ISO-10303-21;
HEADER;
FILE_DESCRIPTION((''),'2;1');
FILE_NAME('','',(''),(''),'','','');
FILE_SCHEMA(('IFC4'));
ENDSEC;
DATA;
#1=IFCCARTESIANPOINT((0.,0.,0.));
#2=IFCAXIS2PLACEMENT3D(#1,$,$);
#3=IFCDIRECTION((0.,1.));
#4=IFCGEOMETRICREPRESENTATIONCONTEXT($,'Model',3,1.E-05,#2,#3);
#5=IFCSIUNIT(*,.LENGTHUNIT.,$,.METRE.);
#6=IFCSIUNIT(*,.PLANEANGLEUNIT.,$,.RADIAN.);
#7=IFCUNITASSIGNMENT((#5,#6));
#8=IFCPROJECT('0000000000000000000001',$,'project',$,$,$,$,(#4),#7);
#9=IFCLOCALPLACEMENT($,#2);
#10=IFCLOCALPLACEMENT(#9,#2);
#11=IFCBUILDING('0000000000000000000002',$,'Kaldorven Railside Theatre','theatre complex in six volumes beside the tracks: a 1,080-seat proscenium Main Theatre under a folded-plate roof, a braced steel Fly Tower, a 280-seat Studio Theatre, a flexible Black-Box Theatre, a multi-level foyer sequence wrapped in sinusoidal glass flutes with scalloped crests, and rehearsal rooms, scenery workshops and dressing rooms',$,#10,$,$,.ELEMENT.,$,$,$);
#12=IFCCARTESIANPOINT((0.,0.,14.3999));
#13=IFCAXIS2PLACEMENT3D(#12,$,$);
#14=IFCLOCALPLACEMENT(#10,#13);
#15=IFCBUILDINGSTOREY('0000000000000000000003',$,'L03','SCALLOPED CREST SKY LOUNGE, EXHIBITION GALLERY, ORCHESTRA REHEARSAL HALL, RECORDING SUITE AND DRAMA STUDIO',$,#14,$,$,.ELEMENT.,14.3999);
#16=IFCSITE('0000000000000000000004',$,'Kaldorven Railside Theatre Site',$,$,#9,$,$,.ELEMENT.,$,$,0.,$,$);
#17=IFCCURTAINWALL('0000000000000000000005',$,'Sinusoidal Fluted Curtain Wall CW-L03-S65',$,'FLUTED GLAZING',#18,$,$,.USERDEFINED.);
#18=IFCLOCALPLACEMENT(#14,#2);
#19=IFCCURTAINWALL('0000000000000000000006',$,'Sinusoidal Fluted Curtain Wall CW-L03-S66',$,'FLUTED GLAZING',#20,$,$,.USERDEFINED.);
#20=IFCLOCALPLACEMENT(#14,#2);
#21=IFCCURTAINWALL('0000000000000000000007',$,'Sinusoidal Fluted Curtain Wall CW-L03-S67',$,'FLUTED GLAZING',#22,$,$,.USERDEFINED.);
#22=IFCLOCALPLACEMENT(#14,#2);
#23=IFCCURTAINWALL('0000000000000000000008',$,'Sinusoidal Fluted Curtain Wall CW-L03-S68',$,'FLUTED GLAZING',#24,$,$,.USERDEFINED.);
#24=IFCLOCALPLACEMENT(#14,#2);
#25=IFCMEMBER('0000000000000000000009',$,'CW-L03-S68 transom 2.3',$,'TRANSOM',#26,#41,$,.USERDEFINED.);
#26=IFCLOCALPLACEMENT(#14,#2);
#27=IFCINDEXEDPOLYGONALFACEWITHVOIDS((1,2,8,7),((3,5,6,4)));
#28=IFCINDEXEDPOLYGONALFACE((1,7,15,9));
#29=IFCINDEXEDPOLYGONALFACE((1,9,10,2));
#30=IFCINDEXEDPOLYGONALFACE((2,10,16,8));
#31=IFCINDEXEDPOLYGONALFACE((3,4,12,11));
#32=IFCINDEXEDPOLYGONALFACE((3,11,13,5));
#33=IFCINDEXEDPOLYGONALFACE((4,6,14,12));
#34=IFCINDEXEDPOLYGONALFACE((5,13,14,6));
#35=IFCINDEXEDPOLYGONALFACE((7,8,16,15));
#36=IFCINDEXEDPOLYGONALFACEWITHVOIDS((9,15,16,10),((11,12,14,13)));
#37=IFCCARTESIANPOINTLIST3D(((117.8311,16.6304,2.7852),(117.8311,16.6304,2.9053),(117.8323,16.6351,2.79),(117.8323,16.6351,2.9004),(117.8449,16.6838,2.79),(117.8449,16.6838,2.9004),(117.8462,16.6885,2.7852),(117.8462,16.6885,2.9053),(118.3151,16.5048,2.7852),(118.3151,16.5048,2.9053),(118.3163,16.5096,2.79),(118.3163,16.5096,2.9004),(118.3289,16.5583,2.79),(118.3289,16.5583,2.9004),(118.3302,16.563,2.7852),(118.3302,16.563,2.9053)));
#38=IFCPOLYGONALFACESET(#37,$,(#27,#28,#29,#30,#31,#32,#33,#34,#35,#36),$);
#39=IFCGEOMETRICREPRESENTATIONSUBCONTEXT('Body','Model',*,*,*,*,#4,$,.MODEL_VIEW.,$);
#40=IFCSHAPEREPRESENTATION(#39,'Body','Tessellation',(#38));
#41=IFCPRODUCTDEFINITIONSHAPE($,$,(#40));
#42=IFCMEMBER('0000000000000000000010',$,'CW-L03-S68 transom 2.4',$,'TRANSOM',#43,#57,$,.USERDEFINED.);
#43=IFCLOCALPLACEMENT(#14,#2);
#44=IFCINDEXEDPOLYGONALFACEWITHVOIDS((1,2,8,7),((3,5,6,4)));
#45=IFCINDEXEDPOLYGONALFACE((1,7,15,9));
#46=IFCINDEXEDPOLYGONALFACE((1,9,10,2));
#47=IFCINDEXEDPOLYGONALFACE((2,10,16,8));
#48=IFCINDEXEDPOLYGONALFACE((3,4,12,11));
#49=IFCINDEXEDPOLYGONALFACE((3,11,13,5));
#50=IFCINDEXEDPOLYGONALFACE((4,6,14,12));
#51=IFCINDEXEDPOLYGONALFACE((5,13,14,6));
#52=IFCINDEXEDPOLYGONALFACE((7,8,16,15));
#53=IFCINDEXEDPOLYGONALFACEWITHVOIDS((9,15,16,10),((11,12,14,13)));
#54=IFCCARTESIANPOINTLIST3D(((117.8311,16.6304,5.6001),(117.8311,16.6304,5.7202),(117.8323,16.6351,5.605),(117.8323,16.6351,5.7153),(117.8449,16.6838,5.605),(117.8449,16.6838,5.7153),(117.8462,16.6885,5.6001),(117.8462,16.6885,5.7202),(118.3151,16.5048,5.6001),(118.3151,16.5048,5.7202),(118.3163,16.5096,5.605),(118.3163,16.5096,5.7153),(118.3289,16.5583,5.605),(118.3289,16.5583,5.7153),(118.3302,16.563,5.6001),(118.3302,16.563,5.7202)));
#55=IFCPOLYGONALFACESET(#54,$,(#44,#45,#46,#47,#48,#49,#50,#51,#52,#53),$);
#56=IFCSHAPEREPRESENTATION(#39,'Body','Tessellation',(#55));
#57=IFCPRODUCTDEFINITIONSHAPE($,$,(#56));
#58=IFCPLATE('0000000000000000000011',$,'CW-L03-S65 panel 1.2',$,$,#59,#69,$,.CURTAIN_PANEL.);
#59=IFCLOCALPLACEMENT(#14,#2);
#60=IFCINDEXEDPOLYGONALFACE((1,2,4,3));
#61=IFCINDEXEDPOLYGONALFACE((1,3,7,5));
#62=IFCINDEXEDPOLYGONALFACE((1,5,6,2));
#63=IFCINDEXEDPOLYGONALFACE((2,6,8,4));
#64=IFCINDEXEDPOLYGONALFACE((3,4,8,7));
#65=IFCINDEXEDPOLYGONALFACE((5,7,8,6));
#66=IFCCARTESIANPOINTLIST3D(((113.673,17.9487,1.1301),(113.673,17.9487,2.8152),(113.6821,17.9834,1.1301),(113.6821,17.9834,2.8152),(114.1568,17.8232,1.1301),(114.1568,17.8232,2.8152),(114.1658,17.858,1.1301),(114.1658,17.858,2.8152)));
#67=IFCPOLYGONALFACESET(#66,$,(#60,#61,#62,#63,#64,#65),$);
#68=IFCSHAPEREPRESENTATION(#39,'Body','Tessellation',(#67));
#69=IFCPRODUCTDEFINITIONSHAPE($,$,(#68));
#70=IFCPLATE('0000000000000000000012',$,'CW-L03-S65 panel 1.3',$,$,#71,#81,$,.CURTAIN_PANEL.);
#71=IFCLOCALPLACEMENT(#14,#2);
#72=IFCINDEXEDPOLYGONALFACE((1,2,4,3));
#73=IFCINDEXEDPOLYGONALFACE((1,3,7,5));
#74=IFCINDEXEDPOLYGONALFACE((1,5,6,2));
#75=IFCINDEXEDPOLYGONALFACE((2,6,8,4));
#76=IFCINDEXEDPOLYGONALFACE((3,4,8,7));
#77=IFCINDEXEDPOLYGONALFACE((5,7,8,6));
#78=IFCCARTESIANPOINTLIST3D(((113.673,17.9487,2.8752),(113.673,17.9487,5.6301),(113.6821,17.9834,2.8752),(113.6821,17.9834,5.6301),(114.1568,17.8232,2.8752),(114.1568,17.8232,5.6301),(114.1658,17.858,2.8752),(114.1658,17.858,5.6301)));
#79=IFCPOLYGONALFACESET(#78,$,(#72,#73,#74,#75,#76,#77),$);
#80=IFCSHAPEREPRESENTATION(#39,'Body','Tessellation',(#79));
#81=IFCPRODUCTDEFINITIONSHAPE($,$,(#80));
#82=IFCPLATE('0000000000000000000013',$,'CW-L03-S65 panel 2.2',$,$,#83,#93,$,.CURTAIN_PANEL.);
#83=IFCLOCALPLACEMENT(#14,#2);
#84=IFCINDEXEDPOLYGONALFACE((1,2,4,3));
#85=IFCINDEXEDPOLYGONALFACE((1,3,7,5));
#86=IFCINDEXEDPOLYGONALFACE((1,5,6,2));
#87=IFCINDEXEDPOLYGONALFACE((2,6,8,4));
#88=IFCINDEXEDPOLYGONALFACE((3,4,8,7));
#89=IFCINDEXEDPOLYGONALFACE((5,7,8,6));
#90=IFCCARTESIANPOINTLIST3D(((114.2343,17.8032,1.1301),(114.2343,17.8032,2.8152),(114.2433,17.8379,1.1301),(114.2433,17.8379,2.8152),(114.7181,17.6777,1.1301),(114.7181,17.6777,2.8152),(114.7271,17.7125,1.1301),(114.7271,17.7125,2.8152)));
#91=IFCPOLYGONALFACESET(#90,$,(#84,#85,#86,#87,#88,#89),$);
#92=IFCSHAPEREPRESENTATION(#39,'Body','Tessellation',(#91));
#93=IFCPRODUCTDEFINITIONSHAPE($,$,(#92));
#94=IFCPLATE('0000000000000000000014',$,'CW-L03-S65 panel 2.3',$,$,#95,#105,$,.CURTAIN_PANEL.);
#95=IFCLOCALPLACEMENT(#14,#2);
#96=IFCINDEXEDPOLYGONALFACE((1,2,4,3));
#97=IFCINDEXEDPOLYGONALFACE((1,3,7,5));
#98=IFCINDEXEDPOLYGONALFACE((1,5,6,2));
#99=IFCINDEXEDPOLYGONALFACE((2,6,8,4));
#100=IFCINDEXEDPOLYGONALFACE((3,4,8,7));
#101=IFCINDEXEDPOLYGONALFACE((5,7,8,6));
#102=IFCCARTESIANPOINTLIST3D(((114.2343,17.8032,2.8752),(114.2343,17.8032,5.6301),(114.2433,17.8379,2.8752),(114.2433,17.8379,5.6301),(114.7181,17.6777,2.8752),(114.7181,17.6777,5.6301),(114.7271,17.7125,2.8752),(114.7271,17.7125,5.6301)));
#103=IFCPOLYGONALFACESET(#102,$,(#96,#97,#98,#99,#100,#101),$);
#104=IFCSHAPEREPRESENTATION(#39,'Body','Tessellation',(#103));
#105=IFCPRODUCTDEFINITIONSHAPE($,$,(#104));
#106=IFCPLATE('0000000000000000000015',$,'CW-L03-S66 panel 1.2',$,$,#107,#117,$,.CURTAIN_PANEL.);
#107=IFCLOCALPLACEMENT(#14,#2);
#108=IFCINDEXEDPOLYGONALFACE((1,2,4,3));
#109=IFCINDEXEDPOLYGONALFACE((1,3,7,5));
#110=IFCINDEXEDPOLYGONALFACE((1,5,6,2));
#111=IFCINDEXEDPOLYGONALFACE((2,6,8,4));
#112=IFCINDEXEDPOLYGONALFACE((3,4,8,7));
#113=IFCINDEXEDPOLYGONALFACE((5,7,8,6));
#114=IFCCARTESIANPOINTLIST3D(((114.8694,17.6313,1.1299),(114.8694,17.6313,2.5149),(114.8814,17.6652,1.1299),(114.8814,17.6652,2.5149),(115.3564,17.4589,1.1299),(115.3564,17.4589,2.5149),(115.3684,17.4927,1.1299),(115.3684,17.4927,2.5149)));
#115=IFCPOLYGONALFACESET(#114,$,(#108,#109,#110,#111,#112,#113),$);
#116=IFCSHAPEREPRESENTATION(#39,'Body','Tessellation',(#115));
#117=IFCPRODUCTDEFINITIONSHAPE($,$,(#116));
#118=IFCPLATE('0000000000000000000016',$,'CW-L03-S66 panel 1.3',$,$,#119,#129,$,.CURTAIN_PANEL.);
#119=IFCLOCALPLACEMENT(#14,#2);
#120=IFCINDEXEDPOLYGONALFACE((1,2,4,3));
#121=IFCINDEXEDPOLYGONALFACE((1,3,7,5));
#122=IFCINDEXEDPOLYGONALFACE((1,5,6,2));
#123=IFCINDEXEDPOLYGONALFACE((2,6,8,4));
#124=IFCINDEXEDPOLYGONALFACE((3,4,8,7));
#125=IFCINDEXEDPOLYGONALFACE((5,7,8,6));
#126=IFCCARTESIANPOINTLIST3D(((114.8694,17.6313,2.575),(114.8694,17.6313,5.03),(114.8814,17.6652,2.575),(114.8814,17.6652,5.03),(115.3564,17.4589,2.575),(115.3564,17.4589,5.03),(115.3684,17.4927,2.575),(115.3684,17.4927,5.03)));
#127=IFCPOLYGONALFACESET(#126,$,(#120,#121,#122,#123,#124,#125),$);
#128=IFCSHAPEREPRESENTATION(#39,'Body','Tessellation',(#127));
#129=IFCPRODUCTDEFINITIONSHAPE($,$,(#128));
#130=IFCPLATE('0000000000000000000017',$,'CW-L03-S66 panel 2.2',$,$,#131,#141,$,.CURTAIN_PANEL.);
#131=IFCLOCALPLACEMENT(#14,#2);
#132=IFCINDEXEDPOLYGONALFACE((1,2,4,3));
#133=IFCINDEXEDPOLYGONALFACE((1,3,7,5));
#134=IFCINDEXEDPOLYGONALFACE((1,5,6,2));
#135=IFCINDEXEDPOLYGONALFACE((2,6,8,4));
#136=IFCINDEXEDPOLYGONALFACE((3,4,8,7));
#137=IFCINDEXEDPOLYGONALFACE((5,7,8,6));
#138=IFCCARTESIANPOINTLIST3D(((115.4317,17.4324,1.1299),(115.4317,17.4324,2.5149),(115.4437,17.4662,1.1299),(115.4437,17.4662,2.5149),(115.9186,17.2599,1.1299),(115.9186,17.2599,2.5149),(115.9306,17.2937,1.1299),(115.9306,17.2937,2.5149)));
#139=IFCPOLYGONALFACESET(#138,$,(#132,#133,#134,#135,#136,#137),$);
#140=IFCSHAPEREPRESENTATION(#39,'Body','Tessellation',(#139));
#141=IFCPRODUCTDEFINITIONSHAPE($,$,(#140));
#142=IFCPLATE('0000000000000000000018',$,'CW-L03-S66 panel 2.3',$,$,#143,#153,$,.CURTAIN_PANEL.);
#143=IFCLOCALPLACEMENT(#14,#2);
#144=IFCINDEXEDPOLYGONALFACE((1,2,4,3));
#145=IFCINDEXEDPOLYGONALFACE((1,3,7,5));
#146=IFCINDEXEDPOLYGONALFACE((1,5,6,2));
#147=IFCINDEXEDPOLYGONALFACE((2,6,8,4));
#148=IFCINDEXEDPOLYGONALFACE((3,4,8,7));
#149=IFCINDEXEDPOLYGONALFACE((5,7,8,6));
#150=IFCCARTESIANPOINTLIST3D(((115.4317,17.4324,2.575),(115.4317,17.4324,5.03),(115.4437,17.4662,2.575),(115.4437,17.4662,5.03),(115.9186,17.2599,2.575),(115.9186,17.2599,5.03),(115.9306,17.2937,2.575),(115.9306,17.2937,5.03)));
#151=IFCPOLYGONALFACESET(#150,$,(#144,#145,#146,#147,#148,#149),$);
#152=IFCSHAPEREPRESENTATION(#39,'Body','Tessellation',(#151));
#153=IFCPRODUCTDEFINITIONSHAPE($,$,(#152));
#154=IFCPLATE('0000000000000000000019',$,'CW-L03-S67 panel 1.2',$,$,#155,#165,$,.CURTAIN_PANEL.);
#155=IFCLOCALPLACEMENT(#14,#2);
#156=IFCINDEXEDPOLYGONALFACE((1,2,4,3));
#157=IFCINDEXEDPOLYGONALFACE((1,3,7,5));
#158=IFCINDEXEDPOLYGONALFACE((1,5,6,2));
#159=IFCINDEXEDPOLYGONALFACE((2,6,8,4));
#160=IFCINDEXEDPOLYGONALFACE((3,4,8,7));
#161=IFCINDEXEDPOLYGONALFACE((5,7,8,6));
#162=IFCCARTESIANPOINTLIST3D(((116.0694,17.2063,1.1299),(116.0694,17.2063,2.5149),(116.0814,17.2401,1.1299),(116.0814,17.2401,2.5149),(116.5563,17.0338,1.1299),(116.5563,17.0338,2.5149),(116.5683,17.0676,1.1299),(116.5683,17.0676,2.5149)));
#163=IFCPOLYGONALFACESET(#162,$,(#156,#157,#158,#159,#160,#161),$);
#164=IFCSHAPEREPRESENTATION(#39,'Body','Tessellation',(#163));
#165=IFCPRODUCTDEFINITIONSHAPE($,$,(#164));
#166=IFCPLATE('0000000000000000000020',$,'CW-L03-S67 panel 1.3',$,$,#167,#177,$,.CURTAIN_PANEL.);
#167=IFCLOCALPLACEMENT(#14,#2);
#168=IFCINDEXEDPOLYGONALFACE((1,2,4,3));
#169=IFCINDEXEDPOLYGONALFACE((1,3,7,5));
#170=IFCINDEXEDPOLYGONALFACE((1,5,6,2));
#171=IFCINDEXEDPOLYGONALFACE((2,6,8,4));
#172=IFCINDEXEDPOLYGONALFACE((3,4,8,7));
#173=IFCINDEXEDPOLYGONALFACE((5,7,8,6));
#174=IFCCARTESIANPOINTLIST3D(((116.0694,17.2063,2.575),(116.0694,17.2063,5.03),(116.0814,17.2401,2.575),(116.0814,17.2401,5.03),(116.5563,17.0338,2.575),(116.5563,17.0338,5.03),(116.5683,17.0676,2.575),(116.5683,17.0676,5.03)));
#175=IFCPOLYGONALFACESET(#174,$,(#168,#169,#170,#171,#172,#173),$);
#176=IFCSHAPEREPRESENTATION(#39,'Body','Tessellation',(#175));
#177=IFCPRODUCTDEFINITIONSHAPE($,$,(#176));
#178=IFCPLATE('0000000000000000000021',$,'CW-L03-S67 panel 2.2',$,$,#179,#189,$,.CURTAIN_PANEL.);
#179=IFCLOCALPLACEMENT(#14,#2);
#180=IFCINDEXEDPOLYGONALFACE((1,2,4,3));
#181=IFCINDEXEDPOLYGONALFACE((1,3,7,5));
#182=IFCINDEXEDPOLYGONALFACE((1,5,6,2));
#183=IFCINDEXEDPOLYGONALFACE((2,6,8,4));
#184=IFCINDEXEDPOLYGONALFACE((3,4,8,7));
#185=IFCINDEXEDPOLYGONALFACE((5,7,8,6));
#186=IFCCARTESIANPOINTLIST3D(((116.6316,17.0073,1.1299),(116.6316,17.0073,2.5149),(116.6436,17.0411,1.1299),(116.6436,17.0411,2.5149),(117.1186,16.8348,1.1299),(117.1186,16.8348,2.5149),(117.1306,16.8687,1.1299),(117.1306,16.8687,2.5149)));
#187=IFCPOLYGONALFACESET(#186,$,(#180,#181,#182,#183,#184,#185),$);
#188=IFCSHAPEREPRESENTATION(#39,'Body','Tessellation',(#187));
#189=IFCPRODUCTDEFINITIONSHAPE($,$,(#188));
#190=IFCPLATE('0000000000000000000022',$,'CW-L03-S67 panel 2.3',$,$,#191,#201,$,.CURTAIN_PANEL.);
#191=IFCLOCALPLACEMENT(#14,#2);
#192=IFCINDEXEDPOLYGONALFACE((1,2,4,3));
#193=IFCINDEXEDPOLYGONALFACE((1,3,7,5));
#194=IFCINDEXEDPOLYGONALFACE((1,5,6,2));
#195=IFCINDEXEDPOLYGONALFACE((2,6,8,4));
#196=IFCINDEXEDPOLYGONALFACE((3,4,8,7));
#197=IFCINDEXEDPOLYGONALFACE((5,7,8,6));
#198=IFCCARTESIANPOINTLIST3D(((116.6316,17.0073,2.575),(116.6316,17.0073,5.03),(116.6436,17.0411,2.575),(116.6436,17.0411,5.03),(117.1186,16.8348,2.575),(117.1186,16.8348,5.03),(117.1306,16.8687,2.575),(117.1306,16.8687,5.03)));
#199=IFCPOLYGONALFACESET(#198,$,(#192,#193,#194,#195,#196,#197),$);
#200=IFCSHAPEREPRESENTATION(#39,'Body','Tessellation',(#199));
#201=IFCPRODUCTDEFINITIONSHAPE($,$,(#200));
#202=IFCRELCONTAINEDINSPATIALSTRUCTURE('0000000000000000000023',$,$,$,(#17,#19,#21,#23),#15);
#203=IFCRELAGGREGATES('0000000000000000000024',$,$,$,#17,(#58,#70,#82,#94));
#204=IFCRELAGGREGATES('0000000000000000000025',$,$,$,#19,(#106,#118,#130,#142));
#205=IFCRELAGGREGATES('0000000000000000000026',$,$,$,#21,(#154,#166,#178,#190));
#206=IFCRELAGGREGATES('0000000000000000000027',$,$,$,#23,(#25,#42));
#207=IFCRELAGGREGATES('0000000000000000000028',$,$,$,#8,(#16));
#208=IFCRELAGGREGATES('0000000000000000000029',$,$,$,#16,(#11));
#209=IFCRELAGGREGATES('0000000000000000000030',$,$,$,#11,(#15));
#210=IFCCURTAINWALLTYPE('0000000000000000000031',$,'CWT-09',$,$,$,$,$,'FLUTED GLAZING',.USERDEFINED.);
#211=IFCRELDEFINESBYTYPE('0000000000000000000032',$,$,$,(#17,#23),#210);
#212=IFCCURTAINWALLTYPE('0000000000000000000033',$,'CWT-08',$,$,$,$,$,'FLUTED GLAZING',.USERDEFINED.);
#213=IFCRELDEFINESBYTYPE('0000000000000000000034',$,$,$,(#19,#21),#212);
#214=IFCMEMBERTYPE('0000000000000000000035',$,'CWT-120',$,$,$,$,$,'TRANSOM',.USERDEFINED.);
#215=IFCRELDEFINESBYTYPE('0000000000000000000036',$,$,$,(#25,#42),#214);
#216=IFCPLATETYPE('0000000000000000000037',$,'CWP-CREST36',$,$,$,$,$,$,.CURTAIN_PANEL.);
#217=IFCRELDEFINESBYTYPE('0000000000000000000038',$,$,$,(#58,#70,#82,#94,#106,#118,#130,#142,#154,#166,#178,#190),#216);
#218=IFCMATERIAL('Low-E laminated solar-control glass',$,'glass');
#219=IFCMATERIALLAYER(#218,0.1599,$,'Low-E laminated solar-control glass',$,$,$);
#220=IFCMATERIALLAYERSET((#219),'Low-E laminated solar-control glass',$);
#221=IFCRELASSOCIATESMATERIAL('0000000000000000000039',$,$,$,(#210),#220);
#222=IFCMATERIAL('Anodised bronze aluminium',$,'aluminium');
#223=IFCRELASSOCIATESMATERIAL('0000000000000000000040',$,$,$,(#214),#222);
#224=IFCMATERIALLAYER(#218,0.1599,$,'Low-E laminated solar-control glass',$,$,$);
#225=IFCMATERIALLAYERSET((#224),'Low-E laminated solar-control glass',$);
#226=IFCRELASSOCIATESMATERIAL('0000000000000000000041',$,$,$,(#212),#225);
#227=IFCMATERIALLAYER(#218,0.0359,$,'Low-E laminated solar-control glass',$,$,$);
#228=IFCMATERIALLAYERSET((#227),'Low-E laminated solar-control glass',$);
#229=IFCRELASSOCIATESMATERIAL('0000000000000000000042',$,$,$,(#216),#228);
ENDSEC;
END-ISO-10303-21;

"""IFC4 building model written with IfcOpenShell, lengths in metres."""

from ifc_helpers import new_model, si_unit, direction, frame, origin, origin_2d, place, context, subcontext, project, spatial, rectangle, hollow_rectangle, extrude, material, layer, layer_set, material_profile, profile_set, type_object, element, aggregate, save


model = new_model("IFC4")

# Units and contexts
model_context = context("Model", 3, precision=1e-05, world=origin(), true_north=direction((0.0, 1.0)))
body_context = subcontext(model_context, "Body", "Model", "MODEL_VIEW")
ifc_project = project(units=[si_unit("LENGTHUNIT", "METRE"), si_unit("PLANEANGLEUNIT", "RADIAN")], contexts=[model_context])

# Site, building, storey
site_placement = place(None, origin())
site = spatial("IfcSite", under=ifc_project, at=site_placement, Name="Kaldorven Railside Theatre Site", CompositionType="ELEMENT", RefElevation=0.0)
building_placement = place(site_placement, origin())
building = spatial("IfcBuilding", under=site, at=building_placement, Name="Kaldorven Railside Theatre", Description="theatre complex in six volumes beside the tracks: a 1,080-seat proscenium Main Theatre under a folded-plate roof, a braced steel Fly Tower, a 280-seat Studio Theatre, a flexible Black-Box Theatre, a multi-level foyer sequence wrapped in sinusoidal glass flutes with scalloped crests, and rehearsal rooms, scenery workshops and dressing rooms", CompositionType="ELEMENT")
storey_placement = place(building_placement, frame((0.0, 0.0, 14.3999)))
storey = spatial("IfcBuildingStorey", under=building, at=storey_placement, Name="L03", Description="SCALLOPED CREST SKY LOUNGE, EXHIBITION GALLERY, ORCHESTRA REHEARSAL HALL, RECORDING SUITE AND DRAMA STUDIO", CompositionType="ELEMENT", Elevation=14.3999)

# Curtain walls, members
ifc_material_1 = material(Name="Low-E laminated solar-control glass", Category="glass")
ifc_layer_1 = layer(ifc_material_1, 0.1599, Name="Low-E laminated solar-control glass")
ifc_layer_set_1 = layer_set([ifc_layer_1], Name="Low-E laminated solar-control glass")
curtain_wall_type_1 = type_object("IfcCurtainWallType", Name="CWT-09", ElementType="FLUTED GLAZING", PredefinedType="USERDEFINED", material=ifc_layer_set_1)
curtain_wall_1_placement = place(storey_placement, origin())
curtain_wall_1 = element("IfcCurtainWall", 1, at=curtain_wall_1_placement, inside=storey, type_object=curtain_wall_type_1, Name="Sinusoidal Fluted Curtain Wall CW-L03-S65", ObjectType="FLUTED GLAZING", PredefinedType="USERDEFINED")
ifc_material_2 = material(Name="Anodised bronze aluminium", Category="aluminium")
ifc_material_profile = material_profile(ifc_material_2, hollow_rectangle(XDim=0.0601, YDim=0.1201, WallThickness=0.0049, at=origin_2d()), Name="RHS 120x60x5")
ifc_profile_set = profile_set([ifc_material_profile], Name="Anodised bronze aluminium")
member_type = type_object("IfcMemberType", Name="CWT-120", ElementType="TRANSOM", PredefinedType="USERDEFINED", material=ifc_profile_set)
ifc_layer_2 = layer(ifc_material_1, 0.1599, Name="Low-E laminated solar-control glass")
ifc_layer_set_2 = layer_set([ifc_layer_2], Name="Low-E laminated solar-control glass")
curtain_wall_type_2 = type_object("IfcCurtainWallType", Name="CWT-08", ElementType="FLUTED GLAZING", PredefinedType="USERDEFINED", material=ifc_layer_set_2)
curtain_wall_2_placement = place(storey_placement, origin())
curtain_wall_2 = element("IfcCurtainWall", 2, at=curtain_wall_2_placement, inside=storey, type_object=curtain_wall_type_2, Name="Sinusoidal Fluted Curtain Wall CW-L03-S66", ObjectType="FLUTED GLAZING", PredefinedType="USERDEFINED")
curtain_wall_3_placement = place(storey_placement, origin())
curtain_wall_3 = element("IfcCurtainWall", 3, at=curtain_wall_3_placement, inside=storey, type_object=curtain_wall_type_2, Name="Sinusoidal Fluted Curtain Wall CW-L03-S67", ObjectType="FLUTED GLAZING", PredefinedType="USERDEFINED")
curtain_wall_4_placement = place(storey_placement, origin())
curtain_wall_4 = element("IfcCurtainWall", 4, at=curtain_wall_4_placement, inside=storey, type_object=curtain_wall_type_1, Name="Sinusoidal Fluted Curtain Wall CW-L03-S68", ObjectType="FLUTED GLAZING", PredefinedType="USERDEFINED")
member_1_placement = place(storey_placement, frame((117.8386, 16.6594, 2.8452), z_axis=(0.967979, -0.25103, 0.0), x_axis=(0.25103, 0.967979, 0.0)))
member_1 = element("IfcMember", 5, at=member_1_placement, type_object=member_type, Name="CW-L03-S68 transom 2.3", ObjectType="TRANSOM", PredefinedType="USERDEFINED", context=body_context, shape_type="SweptSolid", body=[
    extrude(hollow_rectangle(XDim=0.0601, YDim=0.1201, WallThickness=0.0049, at=origin_2d()), origin(), (0.0, 0.0, 1.0), 0.5),
])
member_2_placement = place(storey_placement, frame((117.8386, 16.6594, 5.6602), z_axis=(0.967979, -0.25103, 0.0), x_axis=(0.25103, 0.967979, 0.0)))
member_2 = element("IfcMember", 6, at=member_2_placement, type_object=member_type, Name="CW-L03-S68 transom 2.4", ObjectType="TRANSOM", PredefinedType="USERDEFINED", context=body_context, shape_type="SweptSolid", body=[
    extrude(hollow_rectangle(XDim=0.0601, YDim=0.1201, WallThickness=0.0049, at=origin_2d()), origin(), (0.0, 0.0, 1.0), 0.5),
])

# Plates
ifc_layer_3 = layer(ifc_material_1, 0.0359, Name="Low-E laminated solar-control glass")
ifc_layer_set_3 = layer_set([ifc_layer_3], Name="Low-E laminated solar-control glass")
plate_type = type_object("IfcPlateType", Name="CWP-CREST36", PredefinedType="CURTAIN_PANEL", material=ifc_layer_set_3)
plate_1_placement = place(storey_placement, frame((113.9194, 17.9033, 1.1301), z_axis=(0.0, 0.0, 1.0), x_axis=(0.967999, -0.250954, 0.0)))
plate_1 = element("IfcPlate", 7, at=plate_1_placement, type_object=plate_type, Name="CW-L03-S65 panel 1.2", PredefinedType="CURTAIN_PANEL", context=body_context, shape_type="SweptSolid", body=[
    extrude(rectangle(XDim=0.4998, YDim=0.0359, at=origin_2d()), origin(), (0.0, 0.0, 1.0), 1.6851),
])
plate_2_placement = place(storey_placement, frame((113.9194, 17.9033, 2.8752), z_axis=(0.0, 0.0, 1.0), x_axis=(0.967999, -0.250954, 0.0)))
plate_2 = element("IfcPlate", 8, at=plate_2_placement, type_object=plate_type, Name="CW-L03-S65 panel 1.3", PredefinedType="CURTAIN_PANEL", context=body_context, shape_type="SweptSolid", body=[
    extrude(rectangle(XDim=0.4998, YDim=0.0359, at=origin_2d()), origin(), (0.0, 0.0, 1.0), 2.7549),
])
plate_3_placement = place(storey_placement, frame((114.4807, 17.7578, 1.1301), z_axis=(0.0, 0.0, 1.0), x_axis=(0.967999, -0.250954, 0.0)))
plate_3 = element("IfcPlate", 9, at=plate_3_placement, type_object=plate_type, Name="CW-L03-S65 panel 2.2", PredefinedType="CURTAIN_PANEL", context=body_context, shape_type="SweptSolid", body=[
    extrude(rectangle(XDim=0.4998, YDim=0.0359, at=origin_2d()), origin(), (0.0, 0.0, 1.0), 1.6851),
])
plate_4_placement = place(storey_placement, frame((114.4807, 17.7578, 2.8752), z_axis=(0.0, 0.0, 1.0), x_axis=(0.967999, -0.250954, 0.0)))
plate_4 = element("IfcPlate", 10, at=plate_4_placement, type_object=plate_type, Name="CW-L03-S65 panel 2.3", PredefinedType="CURTAIN_PANEL", context=body_context, shape_type="SweptSolid", body=[
    extrude(rectangle(XDim=0.4998, YDim=0.0359, at=origin_2d()), origin(), (0.0, 0.0, 1.0), 2.7549),
])
aggregate(curtain_wall_1, [plate_1, plate_2, plate_3, plate_4])
plate_5_placement = place(storey_placement, frame((115.1189, 17.562, 1.1299), z_axis=(0.0, 0.0, 1.0), x_axis=(0.942627, -0.333847, 0.0)))
plate_5 = element("IfcPlate", 11, at=plate_5_placement, type_object=plate_type, Name="CW-L03-S66 panel 1.2", PredefinedType="CURTAIN_PANEL", context=body_context, shape_type="SweptSolid", body=[
    extrude(rectangle(XDim=0.5166, YDim=0.0359, at=origin_2d()), origin(), (0.0, 0.0, 1.0), 1.385),
])
plate_6_placement = place(storey_placement, frame((115.1189, 17.562, 2.575), z_axis=(0.0, 0.0, 1.0), x_axis=(0.942627, -0.333847, 0.0)))
plate_6 = element("IfcPlate", 12, at=plate_6_placement, type_object=plate_type, Name="CW-L03-S66 panel 1.3", PredefinedType="CURTAIN_PANEL", context=body_context, shape_type="SweptSolid", body=[
    extrude(rectangle(XDim=0.5166, YDim=0.0359, at=origin_2d()), origin(), (0.0, 0.0, 1.0), 2.4551),
])
plate_7_placement = place(storey_placement, frame((115.6812, 17.363, 1.1299), z_axis=(0.0, 0.0, 1.0), x_axis=(0.942627, -0.333847, 0.0)))
plate_7 = element("IfcPlate", 13, at=plate_7_placement, type_object=plate_type, Name="CW-L03-S66 panel 2.2", PredefinedType="CURTAIN_PANEL", context=body_context, shape_type="SweptSolid", body=[
    extrude(rectangle(XDim=0.5166, YDim=0.0359, at=origin_2d()), origin(), (0.0, 0.0, 1.0), 1.385),
])
plate_8_placement = place(storey_placement, frame((115.6812, 17.363, 2.575), z_axis=(0.0, 0.0, 1.0), x_axis=(0.942627, -0.333847, 0.0)))
plate_8 = element("IfcPlate", 14, at=plate_8_placement, type_object=plate_type, Name="CW-L03-S66 panel 2.3", PredefinedType="CURTAIN_PANEL", context=body_context, shape_type="SweptSolid", body=[
    extrude(rectangle(XDim=0.5166, YDim=0.0359, at=origin_2d()), origin(), (0.0, 0.0, 1.0), 2.4551),
])
aggregate(curtain_wall_2, [plate_5, plate_6, plate_7, plate_8])
plate_9_placement = place(storey_placement, frame((116.3188, 17.137, 1.1299), z_axis=(0.0, 0.0, 1.0), x_axis=(0.942627, -0.333847, 0.0)))
plate_9 = element("IfcPlate", 15, at=plate_9_placement, type_object=plate_type, Name="CW-L03-S67 panel 1.2", PredefinedType="CURTAIN_PANEL", context=body_context, shape_type="SweptSolid", body=[
    extrude(rectangle(XDim=0.5166, YDim=0.0359, at=origin_2d()), origin(), (0.0, 0.0, 1.0), 1.385),
])
plate_10_placement = place(storey_placement, frame((116.3188, 17.137, 2.575), z_axis=(0.0, 0.0, 1.0), x_axis=(0.942627, -0.333847, 0.0)))
plate_10 = element("IfcPlate", 16, at=plate_10_placement, type_object=plate_type, Name="CW-L03-S67 panel 1.3", PredefinedType="CURTAIN_PANEL", context=body_context, shape_type="SweptSolid", body=[
    extrude(rectangle(XDim=0.5166, YDim=0.0359, at=origin_2d()), origin(), (0.0, 0.0, 1.0), 2.4551),
])
plate_11_placement = place(storey_placement, frame((116.8811, 16.938, 1.1299), z_axis=(0.0, 0.0, 1.0), x_axis=(0.942627, -0.333847, 0.0)))
plate_11 = element("IfcPlate", 17, at=plate_11_placement, type_object=plate_type, Name="CW-L03-S67 panel 2.2", PredefinedType="CURTAIN_PANEL", context=body_context, shape_type="SweptSolid", body=[
    extrude(rectangle(XDim=0.5166, YDim=0.0359, at=origin_2d()), origin(), (0.0, 0.0, 1.0), 1.385),
])
plate_12_placement = place(storey_placement, frame((116.8811, 16.938, 2.575), z_axis=(0.0, 0.0, 1.0), x_axis=(0.942627, -0.333847, 0.0)))
plate_12 = element("IfcPlate", 18, at=plate_12_placement, type_object=plate_type, Name="CW-L03-S67 panel 2.3", PredefinedType="CURTAIN_PANEL", context=body_context, shape_type="SweptSolid", body=[
    extrude(rectangle(XDim=0.5166, YDim=0.0359, at=origin_2d()), origin(), (0.0, 0.0, 1.0), 2.4551),
])
aggregate(curtain_wall_3, [plate_9, plate_10, plate_11, plate_12])
aggregate(curtain_wall_4, [member_1, member_2])

save(model, "model.ifc")
